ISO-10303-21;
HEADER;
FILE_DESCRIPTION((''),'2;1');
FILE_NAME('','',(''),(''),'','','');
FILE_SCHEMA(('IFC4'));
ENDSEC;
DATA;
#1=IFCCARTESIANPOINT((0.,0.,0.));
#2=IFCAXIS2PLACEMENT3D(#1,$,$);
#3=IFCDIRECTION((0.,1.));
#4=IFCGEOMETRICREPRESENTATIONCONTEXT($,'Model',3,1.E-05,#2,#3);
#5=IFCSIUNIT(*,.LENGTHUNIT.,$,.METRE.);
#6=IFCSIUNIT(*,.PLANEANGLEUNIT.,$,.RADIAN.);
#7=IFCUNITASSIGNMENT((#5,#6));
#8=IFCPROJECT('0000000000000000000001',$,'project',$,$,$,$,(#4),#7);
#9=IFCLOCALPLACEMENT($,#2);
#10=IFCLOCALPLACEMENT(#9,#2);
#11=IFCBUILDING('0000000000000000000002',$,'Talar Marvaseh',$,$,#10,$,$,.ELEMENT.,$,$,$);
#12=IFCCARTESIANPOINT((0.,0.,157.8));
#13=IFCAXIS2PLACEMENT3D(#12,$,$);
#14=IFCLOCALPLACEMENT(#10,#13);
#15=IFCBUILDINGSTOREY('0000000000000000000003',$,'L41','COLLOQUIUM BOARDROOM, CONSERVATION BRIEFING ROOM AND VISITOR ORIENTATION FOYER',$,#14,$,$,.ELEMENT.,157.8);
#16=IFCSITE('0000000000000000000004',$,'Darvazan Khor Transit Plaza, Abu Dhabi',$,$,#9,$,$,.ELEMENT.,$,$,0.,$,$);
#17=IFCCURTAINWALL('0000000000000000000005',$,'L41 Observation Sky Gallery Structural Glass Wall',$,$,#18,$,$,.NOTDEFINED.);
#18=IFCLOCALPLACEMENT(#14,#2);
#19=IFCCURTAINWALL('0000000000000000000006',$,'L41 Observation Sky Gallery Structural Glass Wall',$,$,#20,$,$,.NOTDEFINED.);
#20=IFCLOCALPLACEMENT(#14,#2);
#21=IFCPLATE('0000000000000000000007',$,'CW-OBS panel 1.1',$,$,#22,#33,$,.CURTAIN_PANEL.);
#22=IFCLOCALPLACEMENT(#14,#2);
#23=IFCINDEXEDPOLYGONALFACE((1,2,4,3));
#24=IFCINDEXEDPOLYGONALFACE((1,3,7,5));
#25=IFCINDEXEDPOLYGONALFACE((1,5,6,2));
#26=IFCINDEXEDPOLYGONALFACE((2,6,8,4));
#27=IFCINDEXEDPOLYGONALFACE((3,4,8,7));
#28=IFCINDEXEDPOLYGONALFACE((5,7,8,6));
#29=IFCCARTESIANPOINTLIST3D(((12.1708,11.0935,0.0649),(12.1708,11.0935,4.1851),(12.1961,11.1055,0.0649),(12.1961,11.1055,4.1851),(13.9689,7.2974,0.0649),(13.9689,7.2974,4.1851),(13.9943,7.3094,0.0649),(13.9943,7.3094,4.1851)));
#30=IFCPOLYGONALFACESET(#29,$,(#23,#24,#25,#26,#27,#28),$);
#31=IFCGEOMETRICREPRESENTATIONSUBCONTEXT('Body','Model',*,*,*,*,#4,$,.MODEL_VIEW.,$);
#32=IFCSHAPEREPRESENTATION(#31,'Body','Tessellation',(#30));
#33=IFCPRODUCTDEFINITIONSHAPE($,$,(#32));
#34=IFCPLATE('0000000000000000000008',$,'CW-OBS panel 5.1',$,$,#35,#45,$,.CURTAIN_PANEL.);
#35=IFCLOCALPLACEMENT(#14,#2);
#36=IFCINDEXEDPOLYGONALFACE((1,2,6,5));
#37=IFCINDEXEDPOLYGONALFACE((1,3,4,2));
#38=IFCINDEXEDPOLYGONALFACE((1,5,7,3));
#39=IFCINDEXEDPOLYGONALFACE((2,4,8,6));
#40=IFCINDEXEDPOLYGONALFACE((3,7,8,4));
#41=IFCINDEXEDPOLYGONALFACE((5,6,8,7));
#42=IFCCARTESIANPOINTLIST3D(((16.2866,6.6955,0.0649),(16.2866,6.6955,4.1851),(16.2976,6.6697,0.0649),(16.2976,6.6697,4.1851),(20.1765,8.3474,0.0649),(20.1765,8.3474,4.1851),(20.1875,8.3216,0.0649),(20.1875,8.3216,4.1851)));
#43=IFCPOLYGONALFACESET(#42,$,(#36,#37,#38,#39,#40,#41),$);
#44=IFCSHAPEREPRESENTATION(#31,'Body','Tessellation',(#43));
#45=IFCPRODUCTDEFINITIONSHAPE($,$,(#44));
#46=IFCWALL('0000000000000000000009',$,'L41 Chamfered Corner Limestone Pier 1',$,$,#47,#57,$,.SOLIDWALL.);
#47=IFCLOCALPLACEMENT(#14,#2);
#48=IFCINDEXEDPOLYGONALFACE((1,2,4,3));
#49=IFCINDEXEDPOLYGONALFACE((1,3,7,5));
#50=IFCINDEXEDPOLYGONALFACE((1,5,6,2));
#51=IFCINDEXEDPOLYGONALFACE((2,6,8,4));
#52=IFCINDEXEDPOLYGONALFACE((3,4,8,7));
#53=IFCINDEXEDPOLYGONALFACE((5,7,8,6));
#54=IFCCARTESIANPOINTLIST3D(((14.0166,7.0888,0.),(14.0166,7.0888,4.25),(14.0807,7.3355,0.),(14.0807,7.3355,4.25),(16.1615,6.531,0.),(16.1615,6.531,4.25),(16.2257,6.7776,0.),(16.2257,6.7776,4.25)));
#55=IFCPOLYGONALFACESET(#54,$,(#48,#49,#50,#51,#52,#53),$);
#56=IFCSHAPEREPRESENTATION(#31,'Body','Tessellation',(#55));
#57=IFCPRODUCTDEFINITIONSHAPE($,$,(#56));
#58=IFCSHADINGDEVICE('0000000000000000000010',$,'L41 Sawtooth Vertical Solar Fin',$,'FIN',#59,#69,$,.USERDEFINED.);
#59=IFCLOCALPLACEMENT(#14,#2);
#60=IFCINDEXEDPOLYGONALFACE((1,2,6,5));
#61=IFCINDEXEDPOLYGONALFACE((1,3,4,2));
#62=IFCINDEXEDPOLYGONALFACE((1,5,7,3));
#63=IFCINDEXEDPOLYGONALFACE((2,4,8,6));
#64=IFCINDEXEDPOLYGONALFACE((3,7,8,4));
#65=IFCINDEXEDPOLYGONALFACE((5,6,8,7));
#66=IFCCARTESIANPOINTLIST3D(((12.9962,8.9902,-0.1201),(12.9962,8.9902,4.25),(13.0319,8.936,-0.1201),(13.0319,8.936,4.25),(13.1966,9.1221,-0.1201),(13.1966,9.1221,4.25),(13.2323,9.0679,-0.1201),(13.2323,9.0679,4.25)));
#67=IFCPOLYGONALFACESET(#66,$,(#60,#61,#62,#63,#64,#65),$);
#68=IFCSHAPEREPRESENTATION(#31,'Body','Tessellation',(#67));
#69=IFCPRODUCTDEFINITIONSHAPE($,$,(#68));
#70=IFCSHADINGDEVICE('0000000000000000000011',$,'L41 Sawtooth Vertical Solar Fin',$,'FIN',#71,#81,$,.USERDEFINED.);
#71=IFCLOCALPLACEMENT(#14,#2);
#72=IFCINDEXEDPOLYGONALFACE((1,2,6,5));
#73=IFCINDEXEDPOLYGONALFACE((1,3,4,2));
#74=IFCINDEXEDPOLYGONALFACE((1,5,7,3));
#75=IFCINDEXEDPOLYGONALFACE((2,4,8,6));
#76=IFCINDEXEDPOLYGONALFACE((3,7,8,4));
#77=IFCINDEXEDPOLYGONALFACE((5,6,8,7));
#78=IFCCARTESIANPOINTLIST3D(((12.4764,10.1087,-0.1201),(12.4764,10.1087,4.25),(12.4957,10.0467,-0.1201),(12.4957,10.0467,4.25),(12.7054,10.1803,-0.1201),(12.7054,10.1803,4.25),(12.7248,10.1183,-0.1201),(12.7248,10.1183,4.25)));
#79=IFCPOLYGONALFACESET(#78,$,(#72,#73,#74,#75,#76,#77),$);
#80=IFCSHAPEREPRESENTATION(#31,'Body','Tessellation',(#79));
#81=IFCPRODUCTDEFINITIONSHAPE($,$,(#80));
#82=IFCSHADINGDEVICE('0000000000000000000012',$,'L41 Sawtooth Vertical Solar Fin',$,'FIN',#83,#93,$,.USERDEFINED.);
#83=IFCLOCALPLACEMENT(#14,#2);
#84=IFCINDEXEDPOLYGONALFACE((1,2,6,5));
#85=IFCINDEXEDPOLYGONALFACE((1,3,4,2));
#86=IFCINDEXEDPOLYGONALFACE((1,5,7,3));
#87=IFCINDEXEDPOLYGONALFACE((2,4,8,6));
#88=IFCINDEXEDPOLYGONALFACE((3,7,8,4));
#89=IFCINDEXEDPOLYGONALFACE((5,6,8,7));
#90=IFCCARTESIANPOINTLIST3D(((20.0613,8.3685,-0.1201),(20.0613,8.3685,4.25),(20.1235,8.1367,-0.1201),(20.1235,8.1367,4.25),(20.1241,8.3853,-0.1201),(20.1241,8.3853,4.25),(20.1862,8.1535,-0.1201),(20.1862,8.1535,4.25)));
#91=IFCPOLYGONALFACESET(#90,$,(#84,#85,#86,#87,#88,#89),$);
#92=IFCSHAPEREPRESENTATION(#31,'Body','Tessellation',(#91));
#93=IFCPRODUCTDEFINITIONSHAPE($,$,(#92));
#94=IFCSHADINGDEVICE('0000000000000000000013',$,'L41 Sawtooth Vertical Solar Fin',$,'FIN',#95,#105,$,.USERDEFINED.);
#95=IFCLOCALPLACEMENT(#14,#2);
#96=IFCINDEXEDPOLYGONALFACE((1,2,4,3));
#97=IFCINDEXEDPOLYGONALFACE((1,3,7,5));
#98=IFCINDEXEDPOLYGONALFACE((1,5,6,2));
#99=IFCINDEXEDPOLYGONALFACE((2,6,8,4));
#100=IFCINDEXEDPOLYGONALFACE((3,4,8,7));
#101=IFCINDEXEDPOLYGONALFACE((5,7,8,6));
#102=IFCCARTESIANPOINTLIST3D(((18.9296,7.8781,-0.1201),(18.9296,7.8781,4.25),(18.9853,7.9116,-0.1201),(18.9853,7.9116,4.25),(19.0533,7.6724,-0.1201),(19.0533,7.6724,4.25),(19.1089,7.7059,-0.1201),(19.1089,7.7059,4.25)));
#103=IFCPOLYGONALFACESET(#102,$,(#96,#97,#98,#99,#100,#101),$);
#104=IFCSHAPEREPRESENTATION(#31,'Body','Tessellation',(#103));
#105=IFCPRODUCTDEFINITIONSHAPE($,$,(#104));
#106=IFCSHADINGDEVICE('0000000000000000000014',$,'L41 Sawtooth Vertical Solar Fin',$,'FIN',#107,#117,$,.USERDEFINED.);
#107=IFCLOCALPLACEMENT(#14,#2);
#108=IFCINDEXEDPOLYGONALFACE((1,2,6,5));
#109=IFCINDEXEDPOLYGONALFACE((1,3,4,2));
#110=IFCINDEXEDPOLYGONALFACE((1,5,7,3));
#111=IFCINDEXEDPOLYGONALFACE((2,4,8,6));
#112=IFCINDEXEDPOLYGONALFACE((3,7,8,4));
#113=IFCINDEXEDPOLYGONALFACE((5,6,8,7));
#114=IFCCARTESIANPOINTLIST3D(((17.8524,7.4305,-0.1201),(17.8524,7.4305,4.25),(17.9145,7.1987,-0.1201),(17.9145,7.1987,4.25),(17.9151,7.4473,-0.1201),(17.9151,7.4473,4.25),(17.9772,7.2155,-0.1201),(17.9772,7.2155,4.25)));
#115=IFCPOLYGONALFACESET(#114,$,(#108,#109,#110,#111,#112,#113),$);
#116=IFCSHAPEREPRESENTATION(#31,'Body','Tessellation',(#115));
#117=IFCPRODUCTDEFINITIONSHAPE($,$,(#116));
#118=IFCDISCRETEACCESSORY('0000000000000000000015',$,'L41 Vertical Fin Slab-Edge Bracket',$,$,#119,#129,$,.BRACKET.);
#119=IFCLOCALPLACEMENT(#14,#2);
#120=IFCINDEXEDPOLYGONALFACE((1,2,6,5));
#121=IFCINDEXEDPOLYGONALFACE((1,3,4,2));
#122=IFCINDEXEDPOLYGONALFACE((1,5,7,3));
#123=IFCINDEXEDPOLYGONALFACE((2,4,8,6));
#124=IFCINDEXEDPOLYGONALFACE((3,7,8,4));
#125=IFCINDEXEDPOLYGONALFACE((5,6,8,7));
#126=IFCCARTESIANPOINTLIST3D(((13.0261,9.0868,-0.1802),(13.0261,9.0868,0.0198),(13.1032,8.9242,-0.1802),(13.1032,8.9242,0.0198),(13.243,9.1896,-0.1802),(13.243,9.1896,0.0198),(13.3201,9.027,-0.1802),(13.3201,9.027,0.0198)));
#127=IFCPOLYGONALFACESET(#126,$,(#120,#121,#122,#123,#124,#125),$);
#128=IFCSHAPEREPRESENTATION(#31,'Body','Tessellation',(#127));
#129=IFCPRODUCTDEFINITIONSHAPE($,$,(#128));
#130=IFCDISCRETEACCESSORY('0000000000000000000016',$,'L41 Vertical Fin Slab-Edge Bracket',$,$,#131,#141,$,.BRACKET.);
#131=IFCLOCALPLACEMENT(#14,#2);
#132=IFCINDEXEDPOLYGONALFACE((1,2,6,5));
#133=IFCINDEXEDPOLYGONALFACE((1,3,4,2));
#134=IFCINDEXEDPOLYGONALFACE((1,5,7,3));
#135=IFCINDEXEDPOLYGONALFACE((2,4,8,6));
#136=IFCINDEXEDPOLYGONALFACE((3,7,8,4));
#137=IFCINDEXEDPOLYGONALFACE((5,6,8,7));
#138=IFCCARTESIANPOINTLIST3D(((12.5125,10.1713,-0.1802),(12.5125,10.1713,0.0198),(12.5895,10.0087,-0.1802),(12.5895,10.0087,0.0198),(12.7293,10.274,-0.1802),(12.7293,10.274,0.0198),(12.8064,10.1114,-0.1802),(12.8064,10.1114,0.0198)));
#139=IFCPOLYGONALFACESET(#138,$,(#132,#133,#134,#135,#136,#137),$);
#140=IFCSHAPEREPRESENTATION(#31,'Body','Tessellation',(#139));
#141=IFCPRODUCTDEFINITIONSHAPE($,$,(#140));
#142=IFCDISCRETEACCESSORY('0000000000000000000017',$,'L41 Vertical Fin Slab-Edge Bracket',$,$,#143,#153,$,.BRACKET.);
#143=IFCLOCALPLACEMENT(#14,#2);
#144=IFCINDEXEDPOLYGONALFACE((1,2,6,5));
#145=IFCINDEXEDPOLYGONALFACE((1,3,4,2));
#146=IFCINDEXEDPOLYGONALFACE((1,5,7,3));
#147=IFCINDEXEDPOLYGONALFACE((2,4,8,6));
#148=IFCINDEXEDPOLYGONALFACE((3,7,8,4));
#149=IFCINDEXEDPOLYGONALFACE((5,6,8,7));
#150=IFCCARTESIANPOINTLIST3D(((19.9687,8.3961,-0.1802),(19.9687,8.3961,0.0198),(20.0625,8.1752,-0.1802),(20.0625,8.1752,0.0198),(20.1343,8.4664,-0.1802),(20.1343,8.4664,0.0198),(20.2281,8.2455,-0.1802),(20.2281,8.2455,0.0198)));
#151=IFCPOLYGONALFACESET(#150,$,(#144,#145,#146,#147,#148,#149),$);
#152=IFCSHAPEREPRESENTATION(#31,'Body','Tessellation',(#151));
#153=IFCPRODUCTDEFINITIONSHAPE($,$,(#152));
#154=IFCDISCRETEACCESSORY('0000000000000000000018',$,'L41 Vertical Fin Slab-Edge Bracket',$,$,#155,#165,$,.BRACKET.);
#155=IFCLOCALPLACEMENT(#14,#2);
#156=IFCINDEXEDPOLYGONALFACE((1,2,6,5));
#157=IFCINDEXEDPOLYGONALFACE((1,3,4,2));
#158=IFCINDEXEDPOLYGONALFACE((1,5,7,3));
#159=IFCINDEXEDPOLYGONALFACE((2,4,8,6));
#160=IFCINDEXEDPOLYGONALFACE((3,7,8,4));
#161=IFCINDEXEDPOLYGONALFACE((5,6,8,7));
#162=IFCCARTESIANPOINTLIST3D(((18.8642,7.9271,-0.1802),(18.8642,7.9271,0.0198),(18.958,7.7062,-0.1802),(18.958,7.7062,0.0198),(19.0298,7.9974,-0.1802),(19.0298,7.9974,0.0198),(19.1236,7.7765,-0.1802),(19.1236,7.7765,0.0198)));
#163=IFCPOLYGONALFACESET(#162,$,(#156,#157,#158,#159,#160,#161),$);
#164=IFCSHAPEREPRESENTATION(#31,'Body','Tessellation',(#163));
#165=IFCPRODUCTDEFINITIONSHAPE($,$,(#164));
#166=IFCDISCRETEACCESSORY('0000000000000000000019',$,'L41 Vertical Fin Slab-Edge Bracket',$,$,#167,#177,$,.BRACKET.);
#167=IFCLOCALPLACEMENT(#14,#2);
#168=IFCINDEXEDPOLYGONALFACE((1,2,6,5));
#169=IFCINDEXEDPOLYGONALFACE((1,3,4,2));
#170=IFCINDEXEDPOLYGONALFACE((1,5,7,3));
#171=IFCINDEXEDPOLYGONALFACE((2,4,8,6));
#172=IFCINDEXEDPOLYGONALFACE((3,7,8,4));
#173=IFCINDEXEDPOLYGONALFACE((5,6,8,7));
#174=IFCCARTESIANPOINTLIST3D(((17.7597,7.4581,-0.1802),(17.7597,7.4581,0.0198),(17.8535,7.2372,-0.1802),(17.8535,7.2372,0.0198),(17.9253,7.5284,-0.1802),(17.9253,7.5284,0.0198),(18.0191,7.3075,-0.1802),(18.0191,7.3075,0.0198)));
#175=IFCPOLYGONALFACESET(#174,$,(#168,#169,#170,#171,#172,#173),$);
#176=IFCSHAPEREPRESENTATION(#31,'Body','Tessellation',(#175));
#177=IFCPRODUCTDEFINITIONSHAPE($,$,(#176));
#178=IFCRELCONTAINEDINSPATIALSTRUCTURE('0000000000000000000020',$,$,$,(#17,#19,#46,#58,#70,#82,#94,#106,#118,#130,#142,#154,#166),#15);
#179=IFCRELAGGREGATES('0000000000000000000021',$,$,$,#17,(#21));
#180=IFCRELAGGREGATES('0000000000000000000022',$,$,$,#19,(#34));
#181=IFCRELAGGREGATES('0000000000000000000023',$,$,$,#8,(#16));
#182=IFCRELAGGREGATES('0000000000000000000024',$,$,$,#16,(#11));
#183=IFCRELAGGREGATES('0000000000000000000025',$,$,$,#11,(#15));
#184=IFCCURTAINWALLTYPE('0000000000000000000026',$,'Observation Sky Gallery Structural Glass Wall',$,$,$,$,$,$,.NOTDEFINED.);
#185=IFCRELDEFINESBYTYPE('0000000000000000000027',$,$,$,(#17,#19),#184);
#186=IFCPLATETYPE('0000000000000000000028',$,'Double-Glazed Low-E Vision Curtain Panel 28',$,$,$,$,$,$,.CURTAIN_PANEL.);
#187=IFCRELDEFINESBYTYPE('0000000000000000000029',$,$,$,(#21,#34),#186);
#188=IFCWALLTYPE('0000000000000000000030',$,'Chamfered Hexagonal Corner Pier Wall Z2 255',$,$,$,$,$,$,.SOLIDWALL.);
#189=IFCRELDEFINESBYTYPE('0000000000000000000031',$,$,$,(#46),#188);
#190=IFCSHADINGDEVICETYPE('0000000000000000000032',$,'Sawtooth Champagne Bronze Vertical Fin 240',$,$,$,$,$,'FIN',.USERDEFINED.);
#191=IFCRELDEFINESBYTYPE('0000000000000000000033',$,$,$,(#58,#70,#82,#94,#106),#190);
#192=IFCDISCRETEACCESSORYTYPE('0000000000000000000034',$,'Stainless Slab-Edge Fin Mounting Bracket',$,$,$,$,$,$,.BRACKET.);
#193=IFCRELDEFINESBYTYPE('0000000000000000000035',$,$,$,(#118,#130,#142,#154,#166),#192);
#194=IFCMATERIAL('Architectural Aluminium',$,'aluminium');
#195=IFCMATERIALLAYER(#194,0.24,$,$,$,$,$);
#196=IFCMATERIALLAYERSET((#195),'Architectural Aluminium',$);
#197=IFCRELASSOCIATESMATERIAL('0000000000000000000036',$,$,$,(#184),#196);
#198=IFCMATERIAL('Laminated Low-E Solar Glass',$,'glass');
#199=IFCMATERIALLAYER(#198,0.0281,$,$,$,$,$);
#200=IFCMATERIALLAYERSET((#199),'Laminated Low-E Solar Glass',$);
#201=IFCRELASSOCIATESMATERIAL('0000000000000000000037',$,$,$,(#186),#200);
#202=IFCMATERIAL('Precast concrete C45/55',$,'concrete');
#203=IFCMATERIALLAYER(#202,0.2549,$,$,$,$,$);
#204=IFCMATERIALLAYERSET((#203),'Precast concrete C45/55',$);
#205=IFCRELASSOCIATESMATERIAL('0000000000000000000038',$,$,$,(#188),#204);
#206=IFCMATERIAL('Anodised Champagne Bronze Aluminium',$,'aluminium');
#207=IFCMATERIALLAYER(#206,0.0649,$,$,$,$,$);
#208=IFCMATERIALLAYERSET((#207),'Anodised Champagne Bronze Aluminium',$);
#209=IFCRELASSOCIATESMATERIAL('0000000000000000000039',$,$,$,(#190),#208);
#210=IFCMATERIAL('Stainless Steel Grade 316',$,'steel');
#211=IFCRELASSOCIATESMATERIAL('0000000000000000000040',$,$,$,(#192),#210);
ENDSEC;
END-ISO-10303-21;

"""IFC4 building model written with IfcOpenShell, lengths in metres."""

from ifc_helpers import new_model, si_unit, direction, frame, frame_2d, origin, origin_2d, place, context, subcontext, project, spatial, rectangle, extrude, source, transform, mapped, material, layer, layer_set, type_object, type_shapes, element, aggregate, save


model = new_model("IFC4")

# Units and contexts
model_context = context("Model", 3, precision=1e-05, world=origin(), true_north=direction((0.0, 1.0)))
body_context = subcontext(model_context, "Body", "Model", "MODEL_VIEW")
ifc_project = project(units=[si_unit("LENGTHUNIT", "METRE"), si_unit("PLANEANGLEUNIT", "RADIAN")], contexts=[model_context])

# Site, building, storey
site_placement = place(None, origin())
site = spatial("IfcSite", under=ifc_project, at=site_placement, Name="Darvazan Khor Transit Plaza, Abu Dhabi", CompositionType="ELEMENT", RefElevation=0.0)
building_placement = place(site_placement, origin())
building = spatial("IfcBuilding", under=site, at=building_placement, Name="Talar Marvaseh", CompositionType="ELEMENT")
storey_placement = place(building_placement, frame((0.0, 0.0, 157.8)))
storey = spatial("IfcBuildingStorey", under=building, at=storey_placement, Name="L41", Description="COLLOQUIUM BOARDROOM, CONSERVATION BRIEFING ROOM AND VISITOR ORIENTATION FOYER", CompositionType="ELEMENT", Elevation=157.8)

# Curtain wall
ifc_material_1 = material(Name="Architectural Aluminium", Category="aluminium")
ifc_layer_1 = layer(ifc_material_1, 0.24)
ifc_layer_set_1 = layer_set([ifc_layer_1], Name="Architectural Aluminium")
curtain_wall_type = type_object("IfcCurtainWallType", Name="Observation Sky Gallery Structural Glass Wall", PredefinedType="NOTDEFINED", material=ifc_layer_set_1)
curtain_wall_1_placement = place(storey_placement, origin())
curtain_wall_1 = element("IfcCurtainWall", 1, at=curtain_wall_1_placement, inside=storey, type_object=curtain_wall_type, Name="L41 Observation Sky Gallery Structural Glass Wall", PredefinedType="NOTDEFINED")

# Curtain wall
curtain_wall_2_placement = place(storey_placement, origin())
curtain_wall_2 = element("IfcCurtainWall", 2, at=curtain_wall_2_placement, inside=storey, type_object=curtain_wall_type, Name="L41 Observation Sky Gallery Structural Glass Wall", PredefinedType="NOTDEFINED")

# Plates
ifc_material_2 = material(Name="Laminated Low-E Solar Glass", Category="glass")
ifc_layer_2 = layer(ifc_material_2, 0.0281)
ifc_layer_set_2 = layer_set([ifc_layer_2], Name="Laminated Low-E Solar Glass")
plate_type = type_object("IfcPlateType", Name="Double-Glazed Low-E Vision Curtain Panel 28", PredefinedType="CURTAIN_PANEL", material=ifc_layer_set_2)
shared_shape_1 = source(origin(), body_context, "Body", "SweptSolid", [
    extrude(rectangle(XDim=4.2004, YDim=0.0281, at=origin_2d()), origin(), (0.0, 0.0, 1.0), 4.1201),
])
plate_1_placement = place(storey_placement, frame((13.0825, 9.2014, 0.0649), z_axis=(0.0, 0.0, 1.0), x_axis=(-0.428089, 0.903737, 0.0)))
plate_1 = element("IfcPlate", 3, at=plate_1_placement, type_object=plate_type, Name="CW-OBS panel 1.1", PredefinedType="CURTAIN_PANEL", context=body_context, shape_type="MappedRepresentation", body=[
    mapped(shared_shape_1, transform((0.0, 0.0, 0.0), x_axis=(1.0, 0.0, 0.0), y_axis=(0.0, 1.0, 0.0), z_axis=(0.0, 0.0, 1.0), scale=1.0)),
])
aggregate(curtain_wall_1, [plate_1])
shared_shape_2 = source(origin(), body_context, "Body", "SweptSolid", [
    extrude(rectangle(XDim=4.2261, YDim=0.0281, at=origin_2d()), origin(), (0.0, 0.0, 1.0), 4.1201),
])
type_shapes(plate_type, [shared_shape_1, shared_shape_2])
plate_2_placement = place(storey_placement, frame((18.2371, 7.5085, 0.0649), z_axis=(0.0, 0.0, 1.0), x_axis=(-0.920444, -0.390874, 0.0)))
plate_2 = element("IfcPlate", 4, at=plate_2_placement, type_object=plate_type, Name="CW-OBS panel 5.1", PredefinedType="CURTAIN_PANEL", context=body_context, shape_type="MappedRepresentation", body=[
    mapped(shared_shape_2, transform((0.0, 0.0, 0.0), x_axis=(1.0, 0.0, 0.0), y_axis=(0.0, 1.0, 0.0), z_axis=(0.0, 0.0, 1.0), scale=1.0)),
])
aggregate(curtain_wall_2, [plate_2])

# Wall
ifc_material_3 = material(Name="Precast concrete C45/55", Category="concrete")
ifc_layer_3 = layer(ifc_material_3, 0.2549)
ifc_layer_set_3 = layer_set([ifc_layer_3], Name="Precast concrete C45/55")
wall_type = type_object("IfcWallType", Name="Chamfered Hexagonal Corner Pier Wall Z2 255", PredefinedType="SOLIDWALL", material=ifc_layer_set_3)
wall_placement = place(storey_placement, frame((16.1936, 6.6543, 0.0), z_axis=(0.0, 0.0, 1.0), x_axis=(-0.967805, 0.2517, 0.0)))
element("IfcWall", 5, at=wall_placement, inside=storey, type_object=wall_type, Name="L41 Chamfered Corner Limestone Pier 1", PredefinedType="SOLIDWALL", context=body_context, shape_type="SweptSolid", body=[
    extrude(rectangle(XDim=2.2163, YDim=0.2549, at=frame_2d((1.1082, 0.0))), origin(), (0.0, 0.0, 1.0), 4.25),
])

# Shading devices
ifc_material_4 = material(Name="Anodised Champagne Bronze Aluminium", Category="aluminium")
ifc_layer_4 = layer(ifc_material_4, 0.0649)
ifc_layer_set_4 = layer_set([ifc_layer_4], Name="Anodised Champagne Bronze Aluminium")
shading_device_type = type_object("IfcShadingDeviceType", Name="Sawtooth Champagne Bronze Vertical Fin 240", ElementType="FIN", PredefinedType="USERDEFINED", material=ifc_layer_set_4)
shared_shape_3 = source(origin(), body_context, "Body", "SweptSolid", [
    extrude(rectangle(XDim=0.24, YDim=0.0649, at=origin_2d()), origin(), (0.0, 0.0, 1.0), 4.3701),
])
type_shapes(shading_device_type, [shared_shape_3])
for number, where, z_axis, x_axis, name in (
    (6, (13.1143, 9.0291, -0.1201), (0.0, 0.0, 1.0), (-0.835328, -0.549752, 0.0), "L41 Sawtooth Vertical Solar Fin"),
    (7, (12.6006, 10.1135, -0.1201), (0.0, 0.0, 1.0), (-0.954501, -0.298208, 0.0), "L41 Sawtooth Vertical Solar Fin"),
    (8, (20.1238, 8.261, -0.1201), (0.0, 0.0, 1.0), (0.258988, -0.965881, 0.0), "L41 Sawtooth Vertical Solar Fin"),
    (9, (19.0193, 7.792, -0.1201), (0.0, 0.0, 1.0), (0.515188, -0.857077, 0.0), "L41 Sawtooth Vertical Solar Fin"),
    (10, (17.9148, 7.323, -0.1201), (0.0, 0.0, 1.0), (0.258988, -0.965881, 0.0), "L41 Sawtooth Vertical Solar Fin"),
):
    element("IfcShadingDevice", number, at=place(storey_placement, frame(where, z_axis=z_axis, x_axis=x_axis)), inside=storey, type_object=shading_device_type, Name=name, ObjectType="FIN", PredefinedType="USERDEFINED", context=body_context, shape_type="MappedRepresentation", body=[
        mapped(shared_shape_3, transform((0.0, 0.0, 0.0), x_axis=(1.0, 0.0, 0.0), y_axis=(0.0, 1.0, 0.0), z_axis=(0.0, 0.0, 1.0), scale=1.0)),
    ])

# Discrete accessories
ifc_material_5 = material(Name="Stainless Steel Grade 316", Category="steel")
discrete_accessory_type = type_object("IfcDiscreteAccessoryType", Name="Stainless Slab-Edge Fin Mounting Bracket", PredefinedType="BRACKET", material=ifc_material_5)
shared_shape_4 = source(origin(), body_context, "Body", "SweptSolid", [
    extrude(rectangle(XDim=0.24, YDim=0.1799, at=origin_2d()), origin(), (0.0, 0.0, 1.0), 0.2),
])
type_shapes(discrete_accessory_type, [shared_shape_4])
for number, where, z_axis, x_axis, name in (
    (11, (13.1731, 9.0569, -0.1802), (0.0, 0.0, 1.0), (-0.903709, -0.428147, 0.0), "L41 Vertical Fin Slab-Edge Bracket"),
    (12, (12.6594, 10.1414, -0.1802), (0.0, 0.0, 1.0), (-0.903709, -0.428147, 0.0), "L41 Vertical Fin Slab-Edge Bracket"),
    (13, (20.0984, 8.3208, -0.1802), (0.0, 0.0, 1.0), (0.390892, -0.920437, 0.0), "L41 Vertical Fin Slab-Edge Bracket"),
    (14, (18.9939, 7.8518, -0.1802), (0.0, 0.0, 1.0), (0.390892, -0.920437, 0.0), "L41 Vertical Fin Slab-Edge Bracket"),
    (15, (17.8894, 7.3828, -0.1802), (0.0, 0.0, 1.0), (0.390892, -0.920437, 0.0), "L41 Vertical Fin Slab-Edge Bracket"),
):
    element("IfcDiscreteAccessory", number, at=place(storey_placement, frame(where, z_axis=z_axis, x_axis=x_axis)), inside=storey, type_object=discrete_accessory_type, Name=name, PredefinedType="BRACKET", context=body_context, shape_type="MappedRepresentation", body=[
        mapped(shared_shape_4, transform((0.0, 0.0, 0.0), x_axis=(1.0, 0.0, 0.0), y_axis=(0.0, 1.0, 0.0), z_axis=(0.0, 0.0, 1.0), scale=1.0)),
    ])

save(model, "model.ifc")
